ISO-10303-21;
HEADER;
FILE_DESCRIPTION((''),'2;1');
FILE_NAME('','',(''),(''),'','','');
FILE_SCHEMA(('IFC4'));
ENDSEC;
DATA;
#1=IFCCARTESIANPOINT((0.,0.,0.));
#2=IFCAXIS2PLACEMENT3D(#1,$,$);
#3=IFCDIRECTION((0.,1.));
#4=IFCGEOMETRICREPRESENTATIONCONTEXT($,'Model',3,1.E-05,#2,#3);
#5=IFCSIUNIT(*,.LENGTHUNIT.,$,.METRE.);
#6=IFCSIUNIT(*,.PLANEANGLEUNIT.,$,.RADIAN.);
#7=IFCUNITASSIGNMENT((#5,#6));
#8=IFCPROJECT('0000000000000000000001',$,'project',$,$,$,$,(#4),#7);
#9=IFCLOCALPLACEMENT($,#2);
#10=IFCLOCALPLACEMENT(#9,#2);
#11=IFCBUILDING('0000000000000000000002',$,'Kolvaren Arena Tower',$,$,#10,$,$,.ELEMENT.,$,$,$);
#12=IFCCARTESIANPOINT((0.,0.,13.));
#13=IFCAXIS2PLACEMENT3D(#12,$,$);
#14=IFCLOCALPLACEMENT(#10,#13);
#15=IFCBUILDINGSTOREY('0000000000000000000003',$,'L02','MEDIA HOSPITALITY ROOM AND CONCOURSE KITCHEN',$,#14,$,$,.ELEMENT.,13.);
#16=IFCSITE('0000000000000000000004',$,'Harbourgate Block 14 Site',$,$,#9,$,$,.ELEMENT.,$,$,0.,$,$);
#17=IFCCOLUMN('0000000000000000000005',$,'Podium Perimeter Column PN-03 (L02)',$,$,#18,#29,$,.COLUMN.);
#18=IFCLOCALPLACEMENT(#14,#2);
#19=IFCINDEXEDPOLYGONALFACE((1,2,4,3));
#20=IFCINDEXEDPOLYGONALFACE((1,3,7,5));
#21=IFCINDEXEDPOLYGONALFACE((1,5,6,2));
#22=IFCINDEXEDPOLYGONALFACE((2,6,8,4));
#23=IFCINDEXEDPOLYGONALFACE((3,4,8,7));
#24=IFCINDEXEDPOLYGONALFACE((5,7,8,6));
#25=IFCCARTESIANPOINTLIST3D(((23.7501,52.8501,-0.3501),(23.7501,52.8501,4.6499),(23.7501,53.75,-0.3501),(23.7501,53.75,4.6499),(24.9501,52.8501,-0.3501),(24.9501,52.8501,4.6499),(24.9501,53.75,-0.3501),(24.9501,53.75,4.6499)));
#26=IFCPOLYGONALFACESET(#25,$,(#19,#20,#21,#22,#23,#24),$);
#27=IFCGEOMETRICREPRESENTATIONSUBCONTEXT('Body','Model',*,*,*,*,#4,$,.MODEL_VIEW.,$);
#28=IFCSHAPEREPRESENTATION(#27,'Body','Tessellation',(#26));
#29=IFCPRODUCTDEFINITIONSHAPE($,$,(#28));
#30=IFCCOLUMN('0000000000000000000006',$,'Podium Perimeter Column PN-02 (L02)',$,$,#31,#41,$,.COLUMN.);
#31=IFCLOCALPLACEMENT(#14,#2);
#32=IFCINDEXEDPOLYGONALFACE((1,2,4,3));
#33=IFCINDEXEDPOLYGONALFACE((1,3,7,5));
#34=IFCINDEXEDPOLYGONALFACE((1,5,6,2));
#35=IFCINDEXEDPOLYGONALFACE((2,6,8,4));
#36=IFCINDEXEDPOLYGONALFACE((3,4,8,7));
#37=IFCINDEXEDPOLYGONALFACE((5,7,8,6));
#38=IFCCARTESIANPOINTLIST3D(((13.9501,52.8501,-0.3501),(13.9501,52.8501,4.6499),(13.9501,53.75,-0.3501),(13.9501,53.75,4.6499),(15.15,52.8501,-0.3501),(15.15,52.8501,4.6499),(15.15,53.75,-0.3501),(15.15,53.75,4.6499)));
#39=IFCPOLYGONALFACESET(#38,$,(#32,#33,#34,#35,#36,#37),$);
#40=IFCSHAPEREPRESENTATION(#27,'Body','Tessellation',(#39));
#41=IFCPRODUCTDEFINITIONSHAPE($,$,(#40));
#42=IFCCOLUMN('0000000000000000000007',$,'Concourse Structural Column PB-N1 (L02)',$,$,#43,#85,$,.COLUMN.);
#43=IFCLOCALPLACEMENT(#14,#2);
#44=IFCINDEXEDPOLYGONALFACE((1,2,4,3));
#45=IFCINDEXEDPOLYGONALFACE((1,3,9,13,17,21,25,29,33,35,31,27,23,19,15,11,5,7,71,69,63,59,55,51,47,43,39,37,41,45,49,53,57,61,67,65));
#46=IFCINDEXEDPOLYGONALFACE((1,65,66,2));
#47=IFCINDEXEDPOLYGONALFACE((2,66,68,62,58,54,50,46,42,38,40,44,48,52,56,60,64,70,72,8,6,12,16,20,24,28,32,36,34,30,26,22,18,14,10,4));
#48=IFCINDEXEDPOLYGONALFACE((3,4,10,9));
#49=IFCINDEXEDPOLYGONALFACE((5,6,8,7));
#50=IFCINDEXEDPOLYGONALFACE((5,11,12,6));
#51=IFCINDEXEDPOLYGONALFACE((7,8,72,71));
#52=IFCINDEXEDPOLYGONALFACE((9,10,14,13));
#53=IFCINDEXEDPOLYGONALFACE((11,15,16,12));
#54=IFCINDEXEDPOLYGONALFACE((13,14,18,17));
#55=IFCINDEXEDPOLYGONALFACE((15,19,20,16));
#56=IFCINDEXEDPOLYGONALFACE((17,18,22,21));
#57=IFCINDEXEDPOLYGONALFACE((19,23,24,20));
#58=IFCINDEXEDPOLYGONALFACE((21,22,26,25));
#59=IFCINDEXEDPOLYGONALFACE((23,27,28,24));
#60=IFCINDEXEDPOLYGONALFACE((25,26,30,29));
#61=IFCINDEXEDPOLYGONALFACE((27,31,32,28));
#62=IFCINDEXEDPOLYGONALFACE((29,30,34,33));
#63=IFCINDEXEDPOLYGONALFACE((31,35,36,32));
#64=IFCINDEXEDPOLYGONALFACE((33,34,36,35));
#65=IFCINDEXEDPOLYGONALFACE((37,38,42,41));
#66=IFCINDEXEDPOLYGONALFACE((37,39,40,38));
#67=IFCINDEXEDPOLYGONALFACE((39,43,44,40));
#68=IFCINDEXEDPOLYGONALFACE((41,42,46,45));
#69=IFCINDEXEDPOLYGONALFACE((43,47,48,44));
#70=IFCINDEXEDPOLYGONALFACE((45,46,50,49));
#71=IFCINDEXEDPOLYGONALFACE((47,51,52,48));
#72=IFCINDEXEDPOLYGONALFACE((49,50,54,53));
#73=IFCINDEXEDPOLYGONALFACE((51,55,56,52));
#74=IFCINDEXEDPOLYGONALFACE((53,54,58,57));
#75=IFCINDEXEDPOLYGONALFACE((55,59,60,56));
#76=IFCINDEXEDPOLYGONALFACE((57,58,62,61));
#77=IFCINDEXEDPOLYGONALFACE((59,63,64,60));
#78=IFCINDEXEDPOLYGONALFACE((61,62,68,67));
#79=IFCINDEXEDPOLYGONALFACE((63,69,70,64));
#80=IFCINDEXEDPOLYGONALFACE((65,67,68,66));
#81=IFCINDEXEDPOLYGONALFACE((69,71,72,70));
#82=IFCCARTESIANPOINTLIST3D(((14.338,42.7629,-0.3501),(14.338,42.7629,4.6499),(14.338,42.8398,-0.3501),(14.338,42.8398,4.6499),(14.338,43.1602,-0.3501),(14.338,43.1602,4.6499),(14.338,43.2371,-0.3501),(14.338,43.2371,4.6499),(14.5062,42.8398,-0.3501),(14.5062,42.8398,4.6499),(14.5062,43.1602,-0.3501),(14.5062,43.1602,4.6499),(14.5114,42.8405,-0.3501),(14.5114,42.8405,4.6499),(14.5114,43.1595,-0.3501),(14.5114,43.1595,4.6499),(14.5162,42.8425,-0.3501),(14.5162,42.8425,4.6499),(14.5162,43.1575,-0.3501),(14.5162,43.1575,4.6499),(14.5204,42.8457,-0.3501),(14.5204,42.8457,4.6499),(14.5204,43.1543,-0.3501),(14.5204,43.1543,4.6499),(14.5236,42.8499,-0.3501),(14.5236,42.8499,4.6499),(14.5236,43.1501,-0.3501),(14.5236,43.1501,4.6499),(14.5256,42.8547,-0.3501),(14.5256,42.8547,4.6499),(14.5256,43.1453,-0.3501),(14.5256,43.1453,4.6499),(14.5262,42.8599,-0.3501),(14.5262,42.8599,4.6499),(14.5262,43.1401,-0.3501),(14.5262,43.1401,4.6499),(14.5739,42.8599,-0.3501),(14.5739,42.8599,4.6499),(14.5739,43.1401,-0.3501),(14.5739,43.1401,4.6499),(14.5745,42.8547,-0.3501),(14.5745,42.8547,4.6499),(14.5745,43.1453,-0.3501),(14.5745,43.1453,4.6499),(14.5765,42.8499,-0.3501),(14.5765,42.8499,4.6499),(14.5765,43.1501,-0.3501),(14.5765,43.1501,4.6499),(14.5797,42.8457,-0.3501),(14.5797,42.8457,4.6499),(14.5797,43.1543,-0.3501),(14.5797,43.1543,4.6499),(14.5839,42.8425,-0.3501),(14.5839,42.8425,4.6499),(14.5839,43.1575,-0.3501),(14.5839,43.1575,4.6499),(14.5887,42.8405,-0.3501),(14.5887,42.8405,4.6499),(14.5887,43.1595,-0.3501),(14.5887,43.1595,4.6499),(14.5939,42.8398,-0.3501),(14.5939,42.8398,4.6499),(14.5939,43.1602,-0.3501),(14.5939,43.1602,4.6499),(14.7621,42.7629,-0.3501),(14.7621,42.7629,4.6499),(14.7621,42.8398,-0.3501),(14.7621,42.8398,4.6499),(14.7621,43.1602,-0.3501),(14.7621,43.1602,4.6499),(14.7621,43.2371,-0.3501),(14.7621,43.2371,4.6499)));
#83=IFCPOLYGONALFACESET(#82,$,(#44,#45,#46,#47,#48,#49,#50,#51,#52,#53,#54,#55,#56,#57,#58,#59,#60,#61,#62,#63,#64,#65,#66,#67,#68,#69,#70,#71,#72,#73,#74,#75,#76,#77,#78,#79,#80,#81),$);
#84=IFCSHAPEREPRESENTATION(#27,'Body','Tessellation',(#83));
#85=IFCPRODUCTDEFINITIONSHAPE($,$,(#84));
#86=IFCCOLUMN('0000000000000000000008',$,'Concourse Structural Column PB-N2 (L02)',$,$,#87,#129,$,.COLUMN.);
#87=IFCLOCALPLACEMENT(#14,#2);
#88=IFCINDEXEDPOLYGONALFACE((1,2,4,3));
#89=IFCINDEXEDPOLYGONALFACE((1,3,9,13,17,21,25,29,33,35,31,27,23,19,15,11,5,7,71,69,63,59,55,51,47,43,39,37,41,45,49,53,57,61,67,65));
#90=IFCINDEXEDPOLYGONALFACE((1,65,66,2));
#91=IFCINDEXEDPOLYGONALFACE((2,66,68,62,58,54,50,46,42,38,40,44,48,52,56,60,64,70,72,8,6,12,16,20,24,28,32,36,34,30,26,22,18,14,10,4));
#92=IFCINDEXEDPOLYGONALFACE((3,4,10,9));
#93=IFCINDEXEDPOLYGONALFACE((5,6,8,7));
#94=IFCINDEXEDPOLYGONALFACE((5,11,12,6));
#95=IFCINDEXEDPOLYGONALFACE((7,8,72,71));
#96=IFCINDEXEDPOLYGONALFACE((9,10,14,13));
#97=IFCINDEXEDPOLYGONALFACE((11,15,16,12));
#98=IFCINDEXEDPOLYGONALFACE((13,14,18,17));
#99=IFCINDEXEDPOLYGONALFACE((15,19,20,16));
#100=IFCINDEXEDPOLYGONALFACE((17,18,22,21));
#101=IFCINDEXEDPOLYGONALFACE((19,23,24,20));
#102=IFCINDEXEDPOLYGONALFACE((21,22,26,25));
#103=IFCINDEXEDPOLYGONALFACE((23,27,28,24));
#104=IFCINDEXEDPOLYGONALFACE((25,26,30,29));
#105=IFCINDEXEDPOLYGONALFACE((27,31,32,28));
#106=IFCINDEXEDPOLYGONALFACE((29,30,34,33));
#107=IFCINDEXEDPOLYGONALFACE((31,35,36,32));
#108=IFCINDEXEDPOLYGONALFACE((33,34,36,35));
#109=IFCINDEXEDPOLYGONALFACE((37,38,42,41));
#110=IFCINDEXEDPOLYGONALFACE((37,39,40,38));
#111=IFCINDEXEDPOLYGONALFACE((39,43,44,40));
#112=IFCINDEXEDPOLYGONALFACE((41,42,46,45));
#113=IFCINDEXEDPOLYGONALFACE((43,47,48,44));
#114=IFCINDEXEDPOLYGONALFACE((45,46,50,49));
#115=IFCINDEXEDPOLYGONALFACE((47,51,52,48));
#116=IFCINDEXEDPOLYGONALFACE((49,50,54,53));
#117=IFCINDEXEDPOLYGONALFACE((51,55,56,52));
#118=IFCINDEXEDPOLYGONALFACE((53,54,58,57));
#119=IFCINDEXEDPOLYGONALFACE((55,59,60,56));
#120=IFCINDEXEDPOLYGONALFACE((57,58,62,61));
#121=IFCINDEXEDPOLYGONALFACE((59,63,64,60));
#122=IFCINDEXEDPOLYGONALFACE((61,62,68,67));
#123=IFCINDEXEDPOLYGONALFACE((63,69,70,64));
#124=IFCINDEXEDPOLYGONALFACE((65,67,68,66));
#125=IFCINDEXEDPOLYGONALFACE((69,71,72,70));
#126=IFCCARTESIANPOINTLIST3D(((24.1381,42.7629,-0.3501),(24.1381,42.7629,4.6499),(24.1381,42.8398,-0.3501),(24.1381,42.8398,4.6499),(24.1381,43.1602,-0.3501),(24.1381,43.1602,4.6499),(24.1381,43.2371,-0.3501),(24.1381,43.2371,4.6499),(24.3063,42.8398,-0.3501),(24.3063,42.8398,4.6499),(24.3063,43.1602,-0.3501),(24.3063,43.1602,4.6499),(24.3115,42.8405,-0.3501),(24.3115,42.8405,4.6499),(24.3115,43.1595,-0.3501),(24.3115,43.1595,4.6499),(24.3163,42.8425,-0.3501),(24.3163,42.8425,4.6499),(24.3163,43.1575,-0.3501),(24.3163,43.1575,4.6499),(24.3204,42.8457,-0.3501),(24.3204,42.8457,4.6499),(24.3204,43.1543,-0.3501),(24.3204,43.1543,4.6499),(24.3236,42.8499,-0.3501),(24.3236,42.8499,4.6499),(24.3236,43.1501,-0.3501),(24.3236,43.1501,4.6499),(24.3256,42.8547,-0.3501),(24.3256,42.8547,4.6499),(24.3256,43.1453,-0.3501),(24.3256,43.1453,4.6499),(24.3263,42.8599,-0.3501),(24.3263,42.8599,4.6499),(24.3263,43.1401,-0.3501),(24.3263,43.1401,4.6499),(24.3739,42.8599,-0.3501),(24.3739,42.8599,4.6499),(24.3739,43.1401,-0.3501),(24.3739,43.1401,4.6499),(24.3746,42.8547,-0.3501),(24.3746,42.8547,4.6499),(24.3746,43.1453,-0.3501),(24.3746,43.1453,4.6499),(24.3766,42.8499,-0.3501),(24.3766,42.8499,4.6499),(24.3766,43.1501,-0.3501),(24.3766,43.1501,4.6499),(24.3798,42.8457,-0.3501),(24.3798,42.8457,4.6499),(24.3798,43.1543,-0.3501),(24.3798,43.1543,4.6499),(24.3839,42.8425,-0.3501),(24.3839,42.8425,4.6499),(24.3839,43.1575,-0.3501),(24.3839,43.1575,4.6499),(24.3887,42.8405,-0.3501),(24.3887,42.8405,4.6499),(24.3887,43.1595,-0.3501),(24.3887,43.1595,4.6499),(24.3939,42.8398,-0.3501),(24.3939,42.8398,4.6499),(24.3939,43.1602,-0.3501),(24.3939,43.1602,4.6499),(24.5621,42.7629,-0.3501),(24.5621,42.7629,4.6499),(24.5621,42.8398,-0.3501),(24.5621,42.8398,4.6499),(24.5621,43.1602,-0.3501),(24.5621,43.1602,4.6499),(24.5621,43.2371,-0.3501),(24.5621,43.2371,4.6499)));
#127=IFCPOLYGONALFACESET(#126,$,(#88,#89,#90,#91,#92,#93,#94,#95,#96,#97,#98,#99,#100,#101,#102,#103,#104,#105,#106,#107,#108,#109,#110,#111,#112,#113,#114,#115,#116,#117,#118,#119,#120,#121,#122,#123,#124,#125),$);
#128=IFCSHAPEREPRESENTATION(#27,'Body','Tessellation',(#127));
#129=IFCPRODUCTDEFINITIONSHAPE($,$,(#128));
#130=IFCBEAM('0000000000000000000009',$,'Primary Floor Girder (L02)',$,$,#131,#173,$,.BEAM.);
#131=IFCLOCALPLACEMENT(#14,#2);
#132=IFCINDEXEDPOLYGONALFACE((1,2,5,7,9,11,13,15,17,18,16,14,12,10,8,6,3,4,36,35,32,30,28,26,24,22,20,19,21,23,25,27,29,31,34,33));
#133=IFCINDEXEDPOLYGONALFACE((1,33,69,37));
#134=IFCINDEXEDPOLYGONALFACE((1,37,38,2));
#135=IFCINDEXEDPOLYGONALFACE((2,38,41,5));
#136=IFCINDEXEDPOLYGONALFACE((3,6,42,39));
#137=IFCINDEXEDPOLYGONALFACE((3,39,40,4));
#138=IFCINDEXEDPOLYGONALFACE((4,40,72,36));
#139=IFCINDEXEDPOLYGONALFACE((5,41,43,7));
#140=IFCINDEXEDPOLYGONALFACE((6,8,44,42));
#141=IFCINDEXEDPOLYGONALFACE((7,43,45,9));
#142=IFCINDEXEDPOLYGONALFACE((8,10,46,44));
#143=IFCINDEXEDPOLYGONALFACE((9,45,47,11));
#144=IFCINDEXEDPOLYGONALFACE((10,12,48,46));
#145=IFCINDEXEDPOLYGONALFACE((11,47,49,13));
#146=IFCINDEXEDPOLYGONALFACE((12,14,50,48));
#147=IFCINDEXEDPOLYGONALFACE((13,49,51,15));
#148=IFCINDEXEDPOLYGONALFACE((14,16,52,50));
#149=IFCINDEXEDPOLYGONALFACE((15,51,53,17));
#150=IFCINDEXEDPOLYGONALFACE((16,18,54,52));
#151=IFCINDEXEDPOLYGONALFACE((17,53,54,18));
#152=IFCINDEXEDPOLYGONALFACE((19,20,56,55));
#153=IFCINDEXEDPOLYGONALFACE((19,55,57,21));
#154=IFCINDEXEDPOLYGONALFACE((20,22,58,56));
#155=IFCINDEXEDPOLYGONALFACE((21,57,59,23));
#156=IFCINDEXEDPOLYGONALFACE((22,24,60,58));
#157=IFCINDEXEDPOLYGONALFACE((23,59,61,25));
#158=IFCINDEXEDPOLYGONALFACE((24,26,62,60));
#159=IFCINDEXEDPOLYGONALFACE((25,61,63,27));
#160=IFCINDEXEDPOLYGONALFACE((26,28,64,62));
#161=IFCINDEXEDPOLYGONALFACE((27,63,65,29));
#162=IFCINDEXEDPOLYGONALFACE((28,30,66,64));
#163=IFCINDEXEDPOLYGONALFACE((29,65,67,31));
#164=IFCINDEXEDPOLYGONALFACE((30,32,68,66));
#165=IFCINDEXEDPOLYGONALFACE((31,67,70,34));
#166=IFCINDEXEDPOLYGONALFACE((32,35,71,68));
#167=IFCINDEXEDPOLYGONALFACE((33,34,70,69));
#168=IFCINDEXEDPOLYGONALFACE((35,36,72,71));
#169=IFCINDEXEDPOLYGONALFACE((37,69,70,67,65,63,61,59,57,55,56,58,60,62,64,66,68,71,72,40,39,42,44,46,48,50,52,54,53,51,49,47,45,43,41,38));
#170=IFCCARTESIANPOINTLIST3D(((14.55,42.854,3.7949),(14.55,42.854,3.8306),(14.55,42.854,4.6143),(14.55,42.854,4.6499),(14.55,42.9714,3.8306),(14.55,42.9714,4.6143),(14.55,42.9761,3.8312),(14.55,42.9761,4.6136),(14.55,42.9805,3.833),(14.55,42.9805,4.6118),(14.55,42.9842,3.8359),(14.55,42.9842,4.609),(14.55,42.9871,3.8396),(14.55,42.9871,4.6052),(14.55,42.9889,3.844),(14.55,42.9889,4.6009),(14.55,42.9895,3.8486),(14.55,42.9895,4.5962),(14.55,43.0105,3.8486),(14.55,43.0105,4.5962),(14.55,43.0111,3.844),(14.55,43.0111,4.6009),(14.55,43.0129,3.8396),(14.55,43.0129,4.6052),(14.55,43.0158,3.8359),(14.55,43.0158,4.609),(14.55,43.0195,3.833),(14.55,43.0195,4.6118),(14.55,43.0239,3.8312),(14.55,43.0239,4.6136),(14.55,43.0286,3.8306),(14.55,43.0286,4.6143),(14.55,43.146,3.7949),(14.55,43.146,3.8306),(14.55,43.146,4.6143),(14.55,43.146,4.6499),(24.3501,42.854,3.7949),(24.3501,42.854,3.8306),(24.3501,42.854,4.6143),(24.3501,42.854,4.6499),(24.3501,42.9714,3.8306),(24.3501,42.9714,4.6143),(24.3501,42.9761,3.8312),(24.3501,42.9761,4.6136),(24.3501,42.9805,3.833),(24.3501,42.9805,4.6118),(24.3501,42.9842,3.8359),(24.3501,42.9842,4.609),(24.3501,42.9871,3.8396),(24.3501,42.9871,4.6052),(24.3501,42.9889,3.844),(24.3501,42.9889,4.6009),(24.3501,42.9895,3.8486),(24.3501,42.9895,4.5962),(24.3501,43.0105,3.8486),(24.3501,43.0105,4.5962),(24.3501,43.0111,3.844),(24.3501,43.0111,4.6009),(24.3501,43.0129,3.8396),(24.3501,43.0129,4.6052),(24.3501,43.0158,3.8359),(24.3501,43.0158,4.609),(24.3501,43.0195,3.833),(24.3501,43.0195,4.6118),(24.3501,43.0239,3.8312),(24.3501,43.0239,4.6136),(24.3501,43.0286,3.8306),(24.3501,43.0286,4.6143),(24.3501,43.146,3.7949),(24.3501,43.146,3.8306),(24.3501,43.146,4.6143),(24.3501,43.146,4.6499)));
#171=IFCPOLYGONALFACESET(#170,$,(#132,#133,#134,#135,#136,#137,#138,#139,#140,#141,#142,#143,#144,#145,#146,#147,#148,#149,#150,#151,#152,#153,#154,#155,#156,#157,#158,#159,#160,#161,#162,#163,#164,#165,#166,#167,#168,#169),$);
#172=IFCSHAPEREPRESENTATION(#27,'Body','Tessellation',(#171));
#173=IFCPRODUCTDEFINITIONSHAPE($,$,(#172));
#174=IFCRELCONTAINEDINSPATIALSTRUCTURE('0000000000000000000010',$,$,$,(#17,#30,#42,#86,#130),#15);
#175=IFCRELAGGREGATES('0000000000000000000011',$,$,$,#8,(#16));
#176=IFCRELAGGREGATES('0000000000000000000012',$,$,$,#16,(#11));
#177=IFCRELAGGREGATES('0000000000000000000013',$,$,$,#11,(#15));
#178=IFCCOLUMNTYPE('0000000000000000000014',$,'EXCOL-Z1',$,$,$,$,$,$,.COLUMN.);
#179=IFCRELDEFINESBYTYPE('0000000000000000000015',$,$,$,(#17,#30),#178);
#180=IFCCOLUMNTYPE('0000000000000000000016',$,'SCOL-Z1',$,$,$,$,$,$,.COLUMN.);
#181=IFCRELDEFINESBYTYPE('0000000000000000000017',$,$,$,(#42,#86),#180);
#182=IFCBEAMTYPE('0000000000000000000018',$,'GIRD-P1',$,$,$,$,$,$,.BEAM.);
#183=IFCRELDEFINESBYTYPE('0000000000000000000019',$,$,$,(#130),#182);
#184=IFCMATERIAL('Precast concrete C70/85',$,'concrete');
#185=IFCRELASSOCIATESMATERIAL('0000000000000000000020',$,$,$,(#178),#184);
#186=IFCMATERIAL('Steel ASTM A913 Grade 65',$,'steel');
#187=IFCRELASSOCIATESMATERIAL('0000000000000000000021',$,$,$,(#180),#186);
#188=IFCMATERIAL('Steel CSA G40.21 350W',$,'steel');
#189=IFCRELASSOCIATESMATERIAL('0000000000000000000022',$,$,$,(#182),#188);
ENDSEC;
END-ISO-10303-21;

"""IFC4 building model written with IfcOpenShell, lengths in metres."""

from ifc_helpers import new_model, si_unit, direction, frame, origin, origin_2d, place, context, subcontext, project, spatial, rectangle, i_section, extrude, material, material_profile, profile_set, type_object, element, save


model = new_model("IFC4")

# Units and contexts
model_context = context("Model", 3, precision=1e-05, world=origin(), true_north=direction((0.0, 1.0)))
body_context = subcontext(model_context, "Body", "Model", "MODEL_VIEW")
ifc_project = project(units=[si_unit("LENGTHUNIT", "METRE"), si_unit("PLANEANGLEUNIT", "RADIAN")], contexts=[model_context])

# Site, building, storey
site_placement = place(None, origin())
site = spatial("IfcSite", under=ifc_project, at=site_placement, Name="Harbourgate Block 14 Site", CompositionType="ELEMENT", RefElevation=0.0)
building_placement = place(site_placement, origin())
building = spatial("IfcBuilding", under=site, at=building_placement, Name="Kolvaren Arena Tower", CompositionType="ELEMENT")
storey_placement = place(building_placement, frame((0.0, 0.0, 13.0)))
storey = spatial("IfcBuildingStorey", under=building, at=storey_placement, Name="L02", Description="MEDIA HOSPITALITY ROOM AND CONCOURSE KITCHEN", CompositionType="ELEMENT", Elevation=13.0)

# Columns
ifc_material_1 = material(Name="Precast concrete C70/85", Category="concrete")
ifc_material_profile_1 = material_profile(ifc_material_1, rectangle(XDim=1.2, YDim=0.8999, at=origin_2d()), Name="RC-1200x900")
ifc_profile_set_1 = profile_set([ifc_material_profile_1], Name="Precast concrete C70/85")
column_type_1 = type_object("IfcColumnType", Name="EXCOL-Z1", PredefinedType="COLUMN", material=ifc_profile_set_1)
for number, where, z_axis, x_axis, name in (
    (1, (24.3501, 53.3, -0.3501), (0.0, 0.0, 1.0), (1.0, 0.0, 0.0), "Podium Perimeter Column PN-03 (L02)"),
    (2, (14.55, 53.3, -0.3501), (0.0, 0.0, 1.0), (1.0, 0.0, 0.0), "Podium Perimeter Column PN-02 (L02)"),
):
    element("IfcColumn", number, at=place(storey_placement, frame(where, z_axis=z_axis, x_axis=x_axis)), inside=storey, type_object=column_type_1, Name=name, PredefinedType="COLUMN", context=body_context, shape_type="SweptSolid", body=[
        extrude(rectangle(XDim=1.2, YDim=0.8999, at=origin_2d()), origin(), (0.0, 0.0, 1.0), 5.0),
    ])
ifc_material_2 = material(Name="Steel ASTM A913 Grade 65", Category="steel")
ifc_material_profile_2 = material_profile(ifc_material_2, i_section(OverallWidth=0.4241, OverallDepth=0.4741, WebThickness=0.0476, FlangeThickness=0.0769, FilletRadius=0.02, at=origin_2d()), Name="W360x634")
ifc_profile_set_2 = profile_set([ifc_material_profile_2], Name="Steel ASTM A913 Grade 65")
column_type_2 = type_object("IfcColumnType", Name="SCOL-Z1", PredefinedType="COLUMN", material=ifc_profile_set_2)
for number, where, z_axis, x_axis, name in (
    (3, (14.55, 43.0, -0.3501), (0.0, 0.0, 1.0), (1.0, 0.0, 0.0), "Concourse Structural Column PB-N1 (L02)"),
    (4, (24.3501, 43.0, -0.3501), (0.0, 0.0, 1.0), (1.0, 0.0, 0.0), "Concourse Structural Column PB-N2 (L02)"),
):
    element("IfcColumn", number, at=place(storey_placement, frame(where, z_axis=z_axis, x_axis=x_axis)), inside=storey, type_object=column_type_2, Name=name, PredefinedType="COLUMN", context=body_context, shape_type="SweptSolid", body=[
        extrude(i_section(OverallWidth=0.4241, OverallDepth=0.4741, WebThickness=0.0476, FlangeThickness=0.0769, FilletRadius=0.02, at=origin_2d()), origin(), (0.0, 0.0, 1.0), 5.0),
    ])

# Beam
ifc_material_3 = material(Name="Steel CSA G40.21 350W", Category="steel")
ifc_material_profile_3 = material_profile(ifc_material_3, i_section(OverallWidth=0.292, OverallDepth=0.855, WebThickness=0.021, FlangeThickness=0.0356, FilletRadius=0.0181, at=origin_2d()), Name="W840x299")
ifc_profile_set_3 = profile_set([ifc_material_profile_3], Name="Steel CSA G40.21 350W")
beam_type_1 = type_object("IfcBeamType", Name="GIRD-P1", PredefinedType="BEAM", material=ifc_profile_set_3)
beam_1_placement = place(storey_placement, frame((14.55, 43.0, 4.2224), z_axis=(1.0, 0.0, 0.0), x_axis=(0.0, 1.0, 0.0)))
element("IfcBeam", 5, at=beam_1_placement, inside=storey, type_object=beam_type_1, Name="Primary Floor Girder (L02)", PredefinedType="BEAM", context=body_context, shape_type="SweptSolid", body=[
    extrude(i_section(OverallWidth=0.292, OverallDepth=0.855, WebThickness=0.021, FlangeThickness=0.0356, FilletRadius=0.0181, at=origin_2d()), origin(), (0.0, 0.0, 1.0), 9.8),
])

save(model, "model.ifc")
